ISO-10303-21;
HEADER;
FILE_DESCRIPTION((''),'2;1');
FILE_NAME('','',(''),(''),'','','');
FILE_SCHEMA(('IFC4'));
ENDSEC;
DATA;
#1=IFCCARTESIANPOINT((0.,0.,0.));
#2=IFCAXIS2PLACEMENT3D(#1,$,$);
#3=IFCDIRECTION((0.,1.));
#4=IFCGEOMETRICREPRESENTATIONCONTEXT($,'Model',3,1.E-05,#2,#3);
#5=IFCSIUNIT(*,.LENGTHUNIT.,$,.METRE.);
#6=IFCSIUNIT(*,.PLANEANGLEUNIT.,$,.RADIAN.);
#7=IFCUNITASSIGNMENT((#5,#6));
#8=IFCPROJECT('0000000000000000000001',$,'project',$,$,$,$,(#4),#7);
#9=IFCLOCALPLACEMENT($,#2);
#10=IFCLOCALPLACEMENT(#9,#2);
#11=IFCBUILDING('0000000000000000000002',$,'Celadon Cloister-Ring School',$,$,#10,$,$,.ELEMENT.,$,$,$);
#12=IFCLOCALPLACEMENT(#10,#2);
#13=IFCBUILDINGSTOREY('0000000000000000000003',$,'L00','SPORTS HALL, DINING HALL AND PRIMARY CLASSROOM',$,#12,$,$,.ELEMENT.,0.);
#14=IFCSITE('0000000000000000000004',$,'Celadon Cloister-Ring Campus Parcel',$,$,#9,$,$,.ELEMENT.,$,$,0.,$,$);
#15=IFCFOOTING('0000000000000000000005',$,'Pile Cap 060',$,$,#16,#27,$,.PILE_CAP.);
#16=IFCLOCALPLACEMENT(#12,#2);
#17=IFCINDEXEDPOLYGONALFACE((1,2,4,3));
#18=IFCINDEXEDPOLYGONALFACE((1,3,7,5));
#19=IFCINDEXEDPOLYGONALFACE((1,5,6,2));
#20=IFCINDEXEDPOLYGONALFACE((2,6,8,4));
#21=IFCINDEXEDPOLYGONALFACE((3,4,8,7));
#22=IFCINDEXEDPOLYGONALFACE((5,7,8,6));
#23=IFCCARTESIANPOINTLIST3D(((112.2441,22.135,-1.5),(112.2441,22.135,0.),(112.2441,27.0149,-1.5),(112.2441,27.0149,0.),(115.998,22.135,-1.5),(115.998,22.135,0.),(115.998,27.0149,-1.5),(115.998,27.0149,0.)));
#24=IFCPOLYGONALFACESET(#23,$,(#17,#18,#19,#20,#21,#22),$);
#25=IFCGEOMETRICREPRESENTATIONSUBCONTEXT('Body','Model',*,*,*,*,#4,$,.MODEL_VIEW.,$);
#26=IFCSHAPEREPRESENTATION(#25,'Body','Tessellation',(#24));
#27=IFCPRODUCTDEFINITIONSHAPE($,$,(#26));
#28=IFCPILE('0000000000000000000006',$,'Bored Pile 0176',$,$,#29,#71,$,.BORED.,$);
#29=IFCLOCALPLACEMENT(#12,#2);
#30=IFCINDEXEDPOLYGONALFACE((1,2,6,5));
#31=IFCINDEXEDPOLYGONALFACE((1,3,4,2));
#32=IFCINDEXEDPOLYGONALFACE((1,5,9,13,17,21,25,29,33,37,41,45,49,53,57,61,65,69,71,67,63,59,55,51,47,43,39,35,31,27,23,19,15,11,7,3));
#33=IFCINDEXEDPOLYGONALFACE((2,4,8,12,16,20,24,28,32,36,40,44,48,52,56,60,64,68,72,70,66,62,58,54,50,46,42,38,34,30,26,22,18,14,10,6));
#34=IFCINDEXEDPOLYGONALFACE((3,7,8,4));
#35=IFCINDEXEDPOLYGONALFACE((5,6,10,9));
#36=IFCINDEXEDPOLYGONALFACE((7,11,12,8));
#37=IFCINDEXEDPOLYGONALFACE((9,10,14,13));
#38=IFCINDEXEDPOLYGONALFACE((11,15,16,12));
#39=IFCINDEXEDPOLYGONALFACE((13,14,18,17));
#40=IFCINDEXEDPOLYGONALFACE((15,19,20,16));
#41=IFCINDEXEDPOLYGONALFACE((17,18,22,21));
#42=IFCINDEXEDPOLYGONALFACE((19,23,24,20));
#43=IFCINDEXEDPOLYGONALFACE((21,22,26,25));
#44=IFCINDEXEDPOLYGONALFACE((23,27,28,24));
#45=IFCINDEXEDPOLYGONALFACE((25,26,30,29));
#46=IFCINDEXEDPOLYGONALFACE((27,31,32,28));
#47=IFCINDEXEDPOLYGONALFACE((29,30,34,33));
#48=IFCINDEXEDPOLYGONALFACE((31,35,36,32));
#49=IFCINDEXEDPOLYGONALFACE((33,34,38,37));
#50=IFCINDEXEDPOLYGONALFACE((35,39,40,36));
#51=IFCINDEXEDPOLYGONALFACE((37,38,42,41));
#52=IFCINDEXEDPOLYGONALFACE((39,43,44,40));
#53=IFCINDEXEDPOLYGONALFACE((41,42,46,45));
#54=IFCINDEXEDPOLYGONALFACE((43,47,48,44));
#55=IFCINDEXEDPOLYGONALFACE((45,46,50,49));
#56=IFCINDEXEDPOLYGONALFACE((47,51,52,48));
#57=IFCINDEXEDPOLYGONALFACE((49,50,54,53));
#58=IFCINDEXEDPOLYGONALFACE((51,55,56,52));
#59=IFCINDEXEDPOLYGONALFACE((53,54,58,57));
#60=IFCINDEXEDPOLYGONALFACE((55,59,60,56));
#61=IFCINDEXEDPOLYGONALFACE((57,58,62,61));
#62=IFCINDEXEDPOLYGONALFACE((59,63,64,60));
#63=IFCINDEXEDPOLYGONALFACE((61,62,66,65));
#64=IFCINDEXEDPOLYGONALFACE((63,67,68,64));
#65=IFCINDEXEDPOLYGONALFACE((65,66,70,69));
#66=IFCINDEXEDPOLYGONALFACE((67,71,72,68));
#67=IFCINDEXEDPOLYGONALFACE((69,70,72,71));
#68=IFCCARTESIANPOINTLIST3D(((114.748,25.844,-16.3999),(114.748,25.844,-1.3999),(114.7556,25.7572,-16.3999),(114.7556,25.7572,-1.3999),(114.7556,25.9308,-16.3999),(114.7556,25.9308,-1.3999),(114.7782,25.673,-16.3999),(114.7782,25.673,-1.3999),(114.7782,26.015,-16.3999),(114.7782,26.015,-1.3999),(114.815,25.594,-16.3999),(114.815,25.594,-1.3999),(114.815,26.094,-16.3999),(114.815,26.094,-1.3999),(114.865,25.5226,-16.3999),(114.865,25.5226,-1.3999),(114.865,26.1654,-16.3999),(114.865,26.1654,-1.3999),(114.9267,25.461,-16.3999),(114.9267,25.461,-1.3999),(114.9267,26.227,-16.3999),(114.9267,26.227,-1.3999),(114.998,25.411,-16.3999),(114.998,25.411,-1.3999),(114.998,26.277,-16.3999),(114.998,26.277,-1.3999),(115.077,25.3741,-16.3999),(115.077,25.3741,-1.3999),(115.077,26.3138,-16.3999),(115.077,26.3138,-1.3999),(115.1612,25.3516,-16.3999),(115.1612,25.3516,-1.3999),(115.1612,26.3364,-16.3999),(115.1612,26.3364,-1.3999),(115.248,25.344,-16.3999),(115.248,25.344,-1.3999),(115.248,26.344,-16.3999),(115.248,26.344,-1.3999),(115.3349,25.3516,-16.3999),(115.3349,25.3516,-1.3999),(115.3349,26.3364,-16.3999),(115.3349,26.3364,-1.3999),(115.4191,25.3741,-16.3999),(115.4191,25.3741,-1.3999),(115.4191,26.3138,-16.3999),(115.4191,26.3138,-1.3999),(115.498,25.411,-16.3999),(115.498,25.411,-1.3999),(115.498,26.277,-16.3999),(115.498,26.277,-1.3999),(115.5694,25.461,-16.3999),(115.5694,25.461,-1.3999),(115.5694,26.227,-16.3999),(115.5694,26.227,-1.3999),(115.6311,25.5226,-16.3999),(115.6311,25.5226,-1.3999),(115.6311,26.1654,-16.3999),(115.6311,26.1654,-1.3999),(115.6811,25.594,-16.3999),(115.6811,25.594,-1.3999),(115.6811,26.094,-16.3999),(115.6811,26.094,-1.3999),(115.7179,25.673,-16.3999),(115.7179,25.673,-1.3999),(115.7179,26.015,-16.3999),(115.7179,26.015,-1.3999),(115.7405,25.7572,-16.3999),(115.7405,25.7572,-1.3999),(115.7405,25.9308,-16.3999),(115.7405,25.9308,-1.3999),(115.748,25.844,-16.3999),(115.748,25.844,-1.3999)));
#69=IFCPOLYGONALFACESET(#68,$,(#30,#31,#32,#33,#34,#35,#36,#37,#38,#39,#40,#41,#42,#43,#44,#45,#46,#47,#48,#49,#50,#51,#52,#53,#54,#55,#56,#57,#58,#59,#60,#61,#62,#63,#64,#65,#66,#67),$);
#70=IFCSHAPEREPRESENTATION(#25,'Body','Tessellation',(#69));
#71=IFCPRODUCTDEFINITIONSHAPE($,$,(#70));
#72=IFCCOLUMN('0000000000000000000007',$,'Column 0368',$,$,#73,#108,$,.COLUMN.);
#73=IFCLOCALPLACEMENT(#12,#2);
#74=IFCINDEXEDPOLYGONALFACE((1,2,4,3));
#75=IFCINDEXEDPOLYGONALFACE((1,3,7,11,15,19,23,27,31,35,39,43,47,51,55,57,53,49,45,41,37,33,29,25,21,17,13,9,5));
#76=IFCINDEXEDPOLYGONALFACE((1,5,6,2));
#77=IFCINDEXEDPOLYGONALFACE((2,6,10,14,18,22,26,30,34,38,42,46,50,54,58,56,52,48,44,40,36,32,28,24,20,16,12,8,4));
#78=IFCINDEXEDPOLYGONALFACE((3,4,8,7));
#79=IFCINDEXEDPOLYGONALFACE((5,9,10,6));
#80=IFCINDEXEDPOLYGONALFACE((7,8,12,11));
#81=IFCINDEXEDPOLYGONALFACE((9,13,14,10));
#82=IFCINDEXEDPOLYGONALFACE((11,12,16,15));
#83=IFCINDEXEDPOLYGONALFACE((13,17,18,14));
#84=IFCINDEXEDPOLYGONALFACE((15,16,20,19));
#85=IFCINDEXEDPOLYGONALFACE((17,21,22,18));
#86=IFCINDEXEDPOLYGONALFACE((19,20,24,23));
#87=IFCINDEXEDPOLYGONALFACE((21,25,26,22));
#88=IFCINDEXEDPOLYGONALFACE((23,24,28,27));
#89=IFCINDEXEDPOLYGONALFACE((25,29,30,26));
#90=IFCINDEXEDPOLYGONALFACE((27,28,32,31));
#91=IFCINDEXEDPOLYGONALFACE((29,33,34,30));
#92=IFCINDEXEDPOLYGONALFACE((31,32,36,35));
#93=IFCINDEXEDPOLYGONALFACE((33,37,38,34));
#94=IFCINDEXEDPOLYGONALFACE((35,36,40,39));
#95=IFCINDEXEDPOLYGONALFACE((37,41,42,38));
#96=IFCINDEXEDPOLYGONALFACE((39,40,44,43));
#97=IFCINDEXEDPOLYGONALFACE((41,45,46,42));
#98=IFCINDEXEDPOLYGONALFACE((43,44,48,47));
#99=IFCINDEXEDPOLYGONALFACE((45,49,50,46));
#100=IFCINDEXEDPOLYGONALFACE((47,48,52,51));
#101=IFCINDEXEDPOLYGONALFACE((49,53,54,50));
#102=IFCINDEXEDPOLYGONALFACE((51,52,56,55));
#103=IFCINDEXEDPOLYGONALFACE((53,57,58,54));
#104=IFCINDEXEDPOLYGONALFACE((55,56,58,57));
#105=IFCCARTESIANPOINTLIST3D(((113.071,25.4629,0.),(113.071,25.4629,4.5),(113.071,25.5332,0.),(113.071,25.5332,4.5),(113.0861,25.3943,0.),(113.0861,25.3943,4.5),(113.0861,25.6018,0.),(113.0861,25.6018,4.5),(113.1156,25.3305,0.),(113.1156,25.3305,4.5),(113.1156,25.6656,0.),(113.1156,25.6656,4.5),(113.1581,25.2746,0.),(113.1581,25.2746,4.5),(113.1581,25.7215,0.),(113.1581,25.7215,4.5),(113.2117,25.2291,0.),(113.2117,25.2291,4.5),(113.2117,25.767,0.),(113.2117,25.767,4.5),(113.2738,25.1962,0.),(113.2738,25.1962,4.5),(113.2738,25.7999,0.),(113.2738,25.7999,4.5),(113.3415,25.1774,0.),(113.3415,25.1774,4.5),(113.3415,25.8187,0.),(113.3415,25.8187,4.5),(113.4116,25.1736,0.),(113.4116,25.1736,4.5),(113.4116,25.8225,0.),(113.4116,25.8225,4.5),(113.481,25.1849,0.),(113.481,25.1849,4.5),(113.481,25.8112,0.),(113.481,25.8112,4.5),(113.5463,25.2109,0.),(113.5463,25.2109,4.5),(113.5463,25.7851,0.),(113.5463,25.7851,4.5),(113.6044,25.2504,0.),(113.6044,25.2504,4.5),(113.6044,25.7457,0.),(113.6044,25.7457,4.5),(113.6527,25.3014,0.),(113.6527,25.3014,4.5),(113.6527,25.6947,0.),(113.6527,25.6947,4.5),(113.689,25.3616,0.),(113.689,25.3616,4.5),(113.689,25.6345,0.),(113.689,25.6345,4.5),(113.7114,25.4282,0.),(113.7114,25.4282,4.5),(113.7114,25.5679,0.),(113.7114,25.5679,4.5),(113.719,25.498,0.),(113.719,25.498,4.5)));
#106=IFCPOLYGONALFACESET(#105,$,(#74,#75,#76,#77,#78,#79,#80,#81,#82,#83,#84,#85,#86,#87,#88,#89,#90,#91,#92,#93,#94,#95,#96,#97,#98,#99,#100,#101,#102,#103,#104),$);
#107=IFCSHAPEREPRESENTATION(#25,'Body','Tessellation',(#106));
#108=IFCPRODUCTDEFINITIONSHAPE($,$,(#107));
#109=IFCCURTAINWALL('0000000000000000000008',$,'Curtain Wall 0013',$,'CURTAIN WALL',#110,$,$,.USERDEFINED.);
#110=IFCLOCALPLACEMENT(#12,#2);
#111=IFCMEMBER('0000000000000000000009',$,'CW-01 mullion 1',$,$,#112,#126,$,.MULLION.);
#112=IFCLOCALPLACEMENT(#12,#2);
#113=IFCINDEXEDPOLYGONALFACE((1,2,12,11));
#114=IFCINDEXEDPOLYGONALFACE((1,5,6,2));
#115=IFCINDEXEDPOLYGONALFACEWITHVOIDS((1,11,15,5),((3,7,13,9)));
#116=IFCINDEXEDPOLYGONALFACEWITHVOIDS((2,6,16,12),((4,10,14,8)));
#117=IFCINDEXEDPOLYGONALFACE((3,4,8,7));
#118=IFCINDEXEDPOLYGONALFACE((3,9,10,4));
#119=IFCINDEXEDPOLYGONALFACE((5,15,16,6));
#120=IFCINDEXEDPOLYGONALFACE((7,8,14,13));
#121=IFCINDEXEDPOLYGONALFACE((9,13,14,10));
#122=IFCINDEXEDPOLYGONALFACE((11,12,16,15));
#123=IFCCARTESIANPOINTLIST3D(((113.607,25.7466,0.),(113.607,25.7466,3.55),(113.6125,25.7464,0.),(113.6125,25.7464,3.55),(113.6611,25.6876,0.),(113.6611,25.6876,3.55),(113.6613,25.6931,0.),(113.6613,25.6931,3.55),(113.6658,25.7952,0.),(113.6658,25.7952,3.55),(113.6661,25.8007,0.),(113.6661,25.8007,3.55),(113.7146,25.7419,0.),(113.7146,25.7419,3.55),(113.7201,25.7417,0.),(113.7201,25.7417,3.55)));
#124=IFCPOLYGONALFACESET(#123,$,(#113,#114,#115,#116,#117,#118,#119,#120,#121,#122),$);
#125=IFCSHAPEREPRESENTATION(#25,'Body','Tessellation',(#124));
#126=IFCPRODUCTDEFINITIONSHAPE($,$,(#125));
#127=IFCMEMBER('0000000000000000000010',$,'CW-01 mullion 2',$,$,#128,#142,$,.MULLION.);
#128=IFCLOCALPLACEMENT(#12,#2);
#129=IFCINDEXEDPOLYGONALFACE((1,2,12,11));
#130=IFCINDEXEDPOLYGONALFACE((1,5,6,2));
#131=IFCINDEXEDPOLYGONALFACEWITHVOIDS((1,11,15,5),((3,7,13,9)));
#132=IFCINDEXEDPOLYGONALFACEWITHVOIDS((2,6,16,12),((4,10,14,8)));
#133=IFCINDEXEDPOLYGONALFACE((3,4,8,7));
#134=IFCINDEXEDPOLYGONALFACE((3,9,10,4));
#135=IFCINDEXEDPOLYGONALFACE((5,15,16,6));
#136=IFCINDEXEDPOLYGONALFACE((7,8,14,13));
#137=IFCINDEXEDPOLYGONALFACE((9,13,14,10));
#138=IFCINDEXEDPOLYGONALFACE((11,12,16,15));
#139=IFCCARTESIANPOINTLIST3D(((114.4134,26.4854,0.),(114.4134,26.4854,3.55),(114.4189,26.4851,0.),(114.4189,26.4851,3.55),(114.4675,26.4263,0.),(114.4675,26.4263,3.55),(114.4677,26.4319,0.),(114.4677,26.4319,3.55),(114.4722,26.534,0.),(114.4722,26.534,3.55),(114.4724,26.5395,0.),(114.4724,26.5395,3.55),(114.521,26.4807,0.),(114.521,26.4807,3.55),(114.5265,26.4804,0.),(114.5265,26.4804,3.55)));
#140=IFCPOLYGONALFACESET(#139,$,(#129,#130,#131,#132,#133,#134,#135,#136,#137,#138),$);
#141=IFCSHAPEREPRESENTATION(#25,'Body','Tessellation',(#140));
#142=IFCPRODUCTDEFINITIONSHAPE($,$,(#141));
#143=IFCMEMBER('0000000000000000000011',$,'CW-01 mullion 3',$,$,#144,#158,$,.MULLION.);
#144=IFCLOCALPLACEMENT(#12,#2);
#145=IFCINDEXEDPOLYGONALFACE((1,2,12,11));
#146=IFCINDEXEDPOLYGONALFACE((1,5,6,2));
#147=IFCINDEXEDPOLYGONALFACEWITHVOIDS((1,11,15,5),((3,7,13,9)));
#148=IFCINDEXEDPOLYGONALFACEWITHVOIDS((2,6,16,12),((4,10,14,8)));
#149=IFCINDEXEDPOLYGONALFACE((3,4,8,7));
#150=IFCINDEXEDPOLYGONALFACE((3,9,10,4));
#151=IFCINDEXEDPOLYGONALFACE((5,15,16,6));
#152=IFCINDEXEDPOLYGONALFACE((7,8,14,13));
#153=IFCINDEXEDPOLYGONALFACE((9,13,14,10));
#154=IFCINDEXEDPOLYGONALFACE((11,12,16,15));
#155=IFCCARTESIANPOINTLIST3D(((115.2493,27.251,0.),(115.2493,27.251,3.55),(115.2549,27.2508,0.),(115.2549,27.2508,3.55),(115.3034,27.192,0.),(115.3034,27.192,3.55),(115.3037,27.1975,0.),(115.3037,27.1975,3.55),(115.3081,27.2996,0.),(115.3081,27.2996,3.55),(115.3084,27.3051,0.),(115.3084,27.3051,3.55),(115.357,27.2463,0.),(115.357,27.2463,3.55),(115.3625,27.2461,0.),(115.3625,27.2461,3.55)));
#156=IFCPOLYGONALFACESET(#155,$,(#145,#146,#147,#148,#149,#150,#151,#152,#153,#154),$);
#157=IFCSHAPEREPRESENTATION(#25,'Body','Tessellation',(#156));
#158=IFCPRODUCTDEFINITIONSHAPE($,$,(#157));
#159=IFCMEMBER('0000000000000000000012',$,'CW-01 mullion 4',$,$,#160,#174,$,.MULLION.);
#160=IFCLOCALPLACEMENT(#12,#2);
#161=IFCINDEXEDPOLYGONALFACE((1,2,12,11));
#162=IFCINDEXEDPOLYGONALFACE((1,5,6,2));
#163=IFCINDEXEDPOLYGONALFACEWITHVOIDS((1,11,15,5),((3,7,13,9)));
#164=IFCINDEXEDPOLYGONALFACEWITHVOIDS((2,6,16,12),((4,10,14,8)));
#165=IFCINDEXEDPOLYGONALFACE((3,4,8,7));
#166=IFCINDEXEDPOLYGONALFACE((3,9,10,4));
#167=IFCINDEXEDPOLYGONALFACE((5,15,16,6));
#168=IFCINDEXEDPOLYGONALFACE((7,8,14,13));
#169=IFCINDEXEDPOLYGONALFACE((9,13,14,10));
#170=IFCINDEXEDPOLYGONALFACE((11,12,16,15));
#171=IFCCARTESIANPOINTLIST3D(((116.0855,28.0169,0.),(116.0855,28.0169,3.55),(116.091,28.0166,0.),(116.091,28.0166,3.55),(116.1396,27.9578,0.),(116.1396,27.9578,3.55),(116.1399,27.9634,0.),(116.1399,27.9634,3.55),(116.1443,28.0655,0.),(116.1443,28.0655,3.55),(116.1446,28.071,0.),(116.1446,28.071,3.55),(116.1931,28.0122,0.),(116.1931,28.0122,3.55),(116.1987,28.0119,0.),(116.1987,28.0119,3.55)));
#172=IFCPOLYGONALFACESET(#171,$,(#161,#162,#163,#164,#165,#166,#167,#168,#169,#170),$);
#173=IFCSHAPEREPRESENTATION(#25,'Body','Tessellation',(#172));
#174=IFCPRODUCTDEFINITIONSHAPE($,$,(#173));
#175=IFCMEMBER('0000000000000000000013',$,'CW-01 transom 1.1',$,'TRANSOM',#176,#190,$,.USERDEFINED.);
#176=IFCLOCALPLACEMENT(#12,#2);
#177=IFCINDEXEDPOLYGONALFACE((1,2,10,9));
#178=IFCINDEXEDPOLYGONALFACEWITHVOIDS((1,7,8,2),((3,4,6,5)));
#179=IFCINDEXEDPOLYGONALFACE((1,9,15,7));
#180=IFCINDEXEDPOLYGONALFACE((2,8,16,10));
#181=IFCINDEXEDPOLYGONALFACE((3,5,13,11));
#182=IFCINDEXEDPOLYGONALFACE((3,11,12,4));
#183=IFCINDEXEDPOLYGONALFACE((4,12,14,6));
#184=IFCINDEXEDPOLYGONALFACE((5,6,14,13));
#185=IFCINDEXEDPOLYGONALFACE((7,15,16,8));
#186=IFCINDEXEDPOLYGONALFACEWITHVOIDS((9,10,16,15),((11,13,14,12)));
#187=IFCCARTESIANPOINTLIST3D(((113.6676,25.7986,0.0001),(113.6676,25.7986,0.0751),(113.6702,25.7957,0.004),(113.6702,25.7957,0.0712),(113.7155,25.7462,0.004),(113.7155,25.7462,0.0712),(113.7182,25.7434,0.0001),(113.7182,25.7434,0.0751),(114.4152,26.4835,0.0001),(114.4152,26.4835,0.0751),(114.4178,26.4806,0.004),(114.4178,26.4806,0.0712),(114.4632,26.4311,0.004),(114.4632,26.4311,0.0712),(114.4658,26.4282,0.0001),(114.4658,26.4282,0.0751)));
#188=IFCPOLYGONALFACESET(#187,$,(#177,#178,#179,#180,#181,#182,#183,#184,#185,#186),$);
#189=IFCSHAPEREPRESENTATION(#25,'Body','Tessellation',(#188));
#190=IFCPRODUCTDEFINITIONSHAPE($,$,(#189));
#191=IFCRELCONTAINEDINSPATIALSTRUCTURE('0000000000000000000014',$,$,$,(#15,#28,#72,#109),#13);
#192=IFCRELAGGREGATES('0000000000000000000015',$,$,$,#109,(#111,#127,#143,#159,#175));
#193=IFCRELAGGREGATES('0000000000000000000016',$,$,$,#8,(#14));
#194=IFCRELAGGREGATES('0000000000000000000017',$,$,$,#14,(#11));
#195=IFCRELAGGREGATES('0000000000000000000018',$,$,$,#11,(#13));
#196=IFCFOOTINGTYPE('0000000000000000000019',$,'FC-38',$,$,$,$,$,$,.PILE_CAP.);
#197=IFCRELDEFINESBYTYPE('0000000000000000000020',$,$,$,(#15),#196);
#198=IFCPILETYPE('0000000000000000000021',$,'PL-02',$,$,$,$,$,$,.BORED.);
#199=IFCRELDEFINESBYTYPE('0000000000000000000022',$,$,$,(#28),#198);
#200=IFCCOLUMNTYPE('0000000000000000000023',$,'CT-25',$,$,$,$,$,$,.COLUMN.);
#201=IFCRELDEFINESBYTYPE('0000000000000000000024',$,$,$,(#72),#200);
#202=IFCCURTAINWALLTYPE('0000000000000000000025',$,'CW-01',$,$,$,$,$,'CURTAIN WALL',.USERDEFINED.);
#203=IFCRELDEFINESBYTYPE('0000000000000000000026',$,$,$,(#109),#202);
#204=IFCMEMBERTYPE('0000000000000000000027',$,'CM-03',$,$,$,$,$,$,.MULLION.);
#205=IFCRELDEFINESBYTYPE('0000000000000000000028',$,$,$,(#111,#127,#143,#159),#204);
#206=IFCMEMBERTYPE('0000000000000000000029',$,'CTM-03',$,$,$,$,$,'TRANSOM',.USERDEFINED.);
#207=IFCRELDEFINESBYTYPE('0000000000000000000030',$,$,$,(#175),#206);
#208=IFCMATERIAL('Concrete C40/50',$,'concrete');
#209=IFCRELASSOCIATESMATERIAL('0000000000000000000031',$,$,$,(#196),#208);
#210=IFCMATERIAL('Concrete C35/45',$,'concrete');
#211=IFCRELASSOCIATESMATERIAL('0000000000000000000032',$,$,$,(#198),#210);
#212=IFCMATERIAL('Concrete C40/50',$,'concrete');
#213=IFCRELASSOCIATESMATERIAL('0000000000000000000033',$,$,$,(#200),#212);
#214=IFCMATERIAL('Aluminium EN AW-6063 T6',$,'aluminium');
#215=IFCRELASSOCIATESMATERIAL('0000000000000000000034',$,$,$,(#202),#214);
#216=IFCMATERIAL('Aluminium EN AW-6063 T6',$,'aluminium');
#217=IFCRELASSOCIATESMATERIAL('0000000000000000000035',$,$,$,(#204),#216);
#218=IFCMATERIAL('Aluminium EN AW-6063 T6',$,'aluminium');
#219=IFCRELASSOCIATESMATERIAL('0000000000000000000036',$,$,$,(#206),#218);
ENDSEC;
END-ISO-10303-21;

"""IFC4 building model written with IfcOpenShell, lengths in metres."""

from ifc_helpers import new_model, si_unit, direction, frame, origin, origin_2d, place, context, subcontext, project, spatial, rectangle, hollow_rectangle, circle, extrude, material, material_profile, profile_set, type_object, element, aggregate, save


model = new_model("IFC4")

# Units and contexts
model_context = context("Model", 3, precision=1e-05, world=origin(), true_north=direction((0.0, 1.0)))
body_context = subcontext(model_context, "Body", "Model", "MODEL_VIEW")
ifc_project = project(units=[si_unit("LENGTHUNIT", "METRE"), si_unit("PLANEANGLEUNIT", "RADIAN")], contexts=[model_context])

# Site, building, storey
site_placement = place(None, origin())
site = spatial("IfcSite", under=ifc_project, at=site_placement, Name="Celadon Cloister-Ring Campus Parcel", CompositionType="ELEMENT", RefElevation=0.0)
building_placement = place(site_placement, origin())
building = spatial("IfcBuilding", under=site, at=building_placement, Name="Celadon Cloister-Ring School", CompositionType="ELEMENT")
storey_placement = place(building_placement, origin())
storey = spatial("IfcBuildingStorey", under=building, at=storey_placement, Name="L00", Description="SPORTS HALL, DINING HALL AND PRIMARY CLASSROOM", CompositionType="ELEMENT", Elevation=0.0)

# Footing
ifc_material_1 = material(Name="Concrete C40/50", Category="concrete")
footing_type = type_object("IfcFootingType", Name="FC-38", PredefinedType="PILE_CAP", material=ifc_material_1)
footing_placement = place(storey_placement, frame((114.1211, 24.575, -1.5), z_axis=(0.0, 0.0, 1.0), x_axis=(1.0, 0.0, 0.0)))
element("IfcFooting", 1, at=footing_placement, inside=storey, type_object=footing_type, Name="Pile Cap 060", PredefinedType="PILE_CAP", context=body_context, shape_type="SweptSolid", body=[
    extrude(rectangle(XDim=3.7539, YDim=4.8799, at=origin_2d()), origin(), (0.0, 0.0, 1.0), 1.5),
])

# Pile
ifc_material_2 = material(Name="Concrete C35/45", Category="concrete")
ifc_material_profile_1 = material_profile(ifc_material_2, circle(Radius=0.5, at=origin_2d()), Name="PILE1000")
ifc_profile_set_1 = profile_set([ifc_material_profile_1], Name="Concrete C35/45")
pile_type = type_object("IfcPileType", Name="PL-02", PredefinedType="BORED", material=ifc_profile_set_1)
pile_placement = place(storey_placement, frame((115.248, 25.844, -1.3999), z_axis=(0.0, 0.0, -1.0), x_axis=(1.0, 0.0, 0.0)))
element("IfcPile", 2, at=pile_placement, inside=storey, type_object=pile_type, Name="Bored Pile 0176", PredefinedType="BORED", context=body_context, shape_type="SweptSolid", body=[
    extrude(circle(Radius=0.5, at=origin_2d()), origin(), (0.0, 0.0, 1.0), 15.0),
])

# Column
ifc_material_3 = material(Name="Concrete C40/50", Category="concrete")
ifc_material_profile_2 = material_profile(ifc_material_3, circle(Radius=0.325, at=origin_2d()), Name="CIRC650")
ifc_profile_set_2 = profile_set([ifc_material_profile_2], Name="Concrete C40/50")
column_type = type_object("IfcColumnType", Name="CT-25", PredefinedType="COLUMN", material=ifc_profile_set_2)
column_placement = place(storey_placement, frame((113.394, 25.498, 0.0), z_axis=(0.0, 0.0, 1.0), x_axis=(1.0, 0.0, 0.0)))
element("IfcColumn", 3, at=column_placement, inside=storey, type_object=column_type, Name="Column 0368", PredefinedType="COLUMN", context=body_context, shape_type="SweptSolid", body=[
    extrude(circle(Radius=0.325, at=origin_2d()), origin(), (0.0, 0.0, 1.0), 4.5),
])

# Curtain wall, members
ifc_material_4 = material(Name="Aluminium EN AW-6063 T6", Category="aluminium")
curtain_wall_type = type_object("IfcCurtainWallType", Name="CW-01", ElementType="CURTAIN WALL", PredefinedType="USERDEFINED", material=ifc_material_4)
curtain_wall_placement = place(storey_placement, origin())
curtain_wall = element("IfcCurtainWall", 4, at=curtain_wall_placement, inside=storey, type_object=curtain_wall_type, Name="Curtain Wall 0013", ObjectType="CURTAIN WALL", PredefinedType="USERDEFINED")
ifc_material_5 = material(Name="Aluminium EN AW-6063 T6", Category="aluminium")
ifc_material_profile_3 = material_profile(ifc_material_5, hollow_rectangle(XDim=0.0801, YDim=0.0801, WallThickness=0.0039, at=origin_2d()), Name="RHS80X80X4")
ifc_profile_set_3 = profile_set([ifc_material_profile_3], Name="Aluminium EN AW-6063 T6")
member_type_1 = type_object("IfcMemberType", Name="CM-03", PredefinedType="MULLION", material=ifc_profile_set_3)
member_1_placement = place(storey_placement, frame((113.6636, 25.7441, 0.0), z_axis=(0.0, 0.0, 1.0), x_axis=(-0.675469, 0.737388, 0.0)))
member_1 = element("IfcMember", 5, at=member_1_placement, type_object=member_type_1, Name="CW-01 mullion 1", PredefinedType="MULLION", context=body_context, shape_type="SweptSolid", body=[
    extrude(hollow_rectangle(XDim=0.0801, YDim=0.0801, WallThickness=0.0039, at=origin_2d()), origin(), (0.0, 0.0, 1.0), 3.55),
])
member_2_placement = place(storey_placement, frame((114.47, 26.4829, 0.0), z_axis=(0.0, 0.0, 1.0), x_axis=(-0.675469, 0.737388, 0.0)))
member_2 = element("IfcMember", 6, at=member_2_placement, type_object=member_type_1, Name="CW-01 mullion 2", PredefinedType="MULLION", context=body_context, shape_type="SweptSolid", body=[
    extrude(hollow_rectangle(XDim=0.0801, YDim=0.0801, WallThickness=0.0039, at=origin_2d()), origin(), (0.0, 0.0, 1.0), 3.55),
])
member_3_placement = place(storey_placement, frame((115.3059, 27.2485, 0.0), z_axis=(0.0, 0.0, 1.0), x_axis=(-0.675469, 0.737388, 0.0)))
member_3 = element("IfcMember", 7, at=member_3_placement, type_object=member_type_1, Name="CW-01 mullion 3", PredefinedType="MULLION", context=body_context, shape_type="SweptSolid", body=[
    extrude(hollow_rectangle(XDim=0.0801, YDim=0.0801, WallThickness=0.0039, at=origin_2d()), origin(), (0.0, 0.0, 1.0), 3.55),
])
member_4_placement = place(storey_placement, frame((116.1421, 28.0144, 0.0), z_axis=(0.0, 0.0, 1.0), x_axis=(-0.675469, 0.737388, 0.0)))
member_4 = element("IfcMember", 8, at=member_4_placement, type_object=member_type_1, Name="CW-01 mullion 4", PredefinedType="MULLION", context=body_context, shape_type="SweptSolid", body=[
    extrude(hollow_rectangle(XDim=0.0801, YDim=0.0801, WallThickness=0.0039, at=origin_2d()), origin(), (0.0, 0.0, 1.0), 3.55),
])
ifc_material_6 = material(Name="Aluminium EN AW-6063 T6", Category="aluminium")
ifc_material_profile_4 = material_profile(ifc_material_6, hollow_rectangle(XDim=0.075, YDim=0.075, WallThickness=0.0039, at=origin_2d()), Name="RHS75X75X4")
ifc_profile_set_4 = profile_set([ifc_material_profile_4], Name="Aluminium EN AW-6063 T6")
member_type_2 = type_object("IfcMemberType", Name="CTM-03", ElementType="TRANSOM", PredefinedType="USERDEFINED", material=ifc_profile_set_4)
member_5_placement = place(storey_placement, frame((113.6929, 25.771, 0.0376), z_axis=(0.737374, 0.675485, 0.0), x_axis=(-0.675485, 0.737374, 0.0)))
member_5 = element("IfcMember", 9, at=member_5_placement, type_object=member_type_2, Name="CW-01 transom 1.1", ObjectType="TRANSOM", PredefinedType="USERDEFINED", context=body_context, shape_type="SweptSolid", body=[
    extrude(hollow_rectangle(XDim=0.075, YDim=0.075, WallThickness=0.0039, at=origin_2d()), origin(), (0.0, 0.0, 1.0), 1.0139),
])

aggregate(curtain_wall, [member_1, member_2, member_3, member_4, member_5])

save(model, "model.ifc")
